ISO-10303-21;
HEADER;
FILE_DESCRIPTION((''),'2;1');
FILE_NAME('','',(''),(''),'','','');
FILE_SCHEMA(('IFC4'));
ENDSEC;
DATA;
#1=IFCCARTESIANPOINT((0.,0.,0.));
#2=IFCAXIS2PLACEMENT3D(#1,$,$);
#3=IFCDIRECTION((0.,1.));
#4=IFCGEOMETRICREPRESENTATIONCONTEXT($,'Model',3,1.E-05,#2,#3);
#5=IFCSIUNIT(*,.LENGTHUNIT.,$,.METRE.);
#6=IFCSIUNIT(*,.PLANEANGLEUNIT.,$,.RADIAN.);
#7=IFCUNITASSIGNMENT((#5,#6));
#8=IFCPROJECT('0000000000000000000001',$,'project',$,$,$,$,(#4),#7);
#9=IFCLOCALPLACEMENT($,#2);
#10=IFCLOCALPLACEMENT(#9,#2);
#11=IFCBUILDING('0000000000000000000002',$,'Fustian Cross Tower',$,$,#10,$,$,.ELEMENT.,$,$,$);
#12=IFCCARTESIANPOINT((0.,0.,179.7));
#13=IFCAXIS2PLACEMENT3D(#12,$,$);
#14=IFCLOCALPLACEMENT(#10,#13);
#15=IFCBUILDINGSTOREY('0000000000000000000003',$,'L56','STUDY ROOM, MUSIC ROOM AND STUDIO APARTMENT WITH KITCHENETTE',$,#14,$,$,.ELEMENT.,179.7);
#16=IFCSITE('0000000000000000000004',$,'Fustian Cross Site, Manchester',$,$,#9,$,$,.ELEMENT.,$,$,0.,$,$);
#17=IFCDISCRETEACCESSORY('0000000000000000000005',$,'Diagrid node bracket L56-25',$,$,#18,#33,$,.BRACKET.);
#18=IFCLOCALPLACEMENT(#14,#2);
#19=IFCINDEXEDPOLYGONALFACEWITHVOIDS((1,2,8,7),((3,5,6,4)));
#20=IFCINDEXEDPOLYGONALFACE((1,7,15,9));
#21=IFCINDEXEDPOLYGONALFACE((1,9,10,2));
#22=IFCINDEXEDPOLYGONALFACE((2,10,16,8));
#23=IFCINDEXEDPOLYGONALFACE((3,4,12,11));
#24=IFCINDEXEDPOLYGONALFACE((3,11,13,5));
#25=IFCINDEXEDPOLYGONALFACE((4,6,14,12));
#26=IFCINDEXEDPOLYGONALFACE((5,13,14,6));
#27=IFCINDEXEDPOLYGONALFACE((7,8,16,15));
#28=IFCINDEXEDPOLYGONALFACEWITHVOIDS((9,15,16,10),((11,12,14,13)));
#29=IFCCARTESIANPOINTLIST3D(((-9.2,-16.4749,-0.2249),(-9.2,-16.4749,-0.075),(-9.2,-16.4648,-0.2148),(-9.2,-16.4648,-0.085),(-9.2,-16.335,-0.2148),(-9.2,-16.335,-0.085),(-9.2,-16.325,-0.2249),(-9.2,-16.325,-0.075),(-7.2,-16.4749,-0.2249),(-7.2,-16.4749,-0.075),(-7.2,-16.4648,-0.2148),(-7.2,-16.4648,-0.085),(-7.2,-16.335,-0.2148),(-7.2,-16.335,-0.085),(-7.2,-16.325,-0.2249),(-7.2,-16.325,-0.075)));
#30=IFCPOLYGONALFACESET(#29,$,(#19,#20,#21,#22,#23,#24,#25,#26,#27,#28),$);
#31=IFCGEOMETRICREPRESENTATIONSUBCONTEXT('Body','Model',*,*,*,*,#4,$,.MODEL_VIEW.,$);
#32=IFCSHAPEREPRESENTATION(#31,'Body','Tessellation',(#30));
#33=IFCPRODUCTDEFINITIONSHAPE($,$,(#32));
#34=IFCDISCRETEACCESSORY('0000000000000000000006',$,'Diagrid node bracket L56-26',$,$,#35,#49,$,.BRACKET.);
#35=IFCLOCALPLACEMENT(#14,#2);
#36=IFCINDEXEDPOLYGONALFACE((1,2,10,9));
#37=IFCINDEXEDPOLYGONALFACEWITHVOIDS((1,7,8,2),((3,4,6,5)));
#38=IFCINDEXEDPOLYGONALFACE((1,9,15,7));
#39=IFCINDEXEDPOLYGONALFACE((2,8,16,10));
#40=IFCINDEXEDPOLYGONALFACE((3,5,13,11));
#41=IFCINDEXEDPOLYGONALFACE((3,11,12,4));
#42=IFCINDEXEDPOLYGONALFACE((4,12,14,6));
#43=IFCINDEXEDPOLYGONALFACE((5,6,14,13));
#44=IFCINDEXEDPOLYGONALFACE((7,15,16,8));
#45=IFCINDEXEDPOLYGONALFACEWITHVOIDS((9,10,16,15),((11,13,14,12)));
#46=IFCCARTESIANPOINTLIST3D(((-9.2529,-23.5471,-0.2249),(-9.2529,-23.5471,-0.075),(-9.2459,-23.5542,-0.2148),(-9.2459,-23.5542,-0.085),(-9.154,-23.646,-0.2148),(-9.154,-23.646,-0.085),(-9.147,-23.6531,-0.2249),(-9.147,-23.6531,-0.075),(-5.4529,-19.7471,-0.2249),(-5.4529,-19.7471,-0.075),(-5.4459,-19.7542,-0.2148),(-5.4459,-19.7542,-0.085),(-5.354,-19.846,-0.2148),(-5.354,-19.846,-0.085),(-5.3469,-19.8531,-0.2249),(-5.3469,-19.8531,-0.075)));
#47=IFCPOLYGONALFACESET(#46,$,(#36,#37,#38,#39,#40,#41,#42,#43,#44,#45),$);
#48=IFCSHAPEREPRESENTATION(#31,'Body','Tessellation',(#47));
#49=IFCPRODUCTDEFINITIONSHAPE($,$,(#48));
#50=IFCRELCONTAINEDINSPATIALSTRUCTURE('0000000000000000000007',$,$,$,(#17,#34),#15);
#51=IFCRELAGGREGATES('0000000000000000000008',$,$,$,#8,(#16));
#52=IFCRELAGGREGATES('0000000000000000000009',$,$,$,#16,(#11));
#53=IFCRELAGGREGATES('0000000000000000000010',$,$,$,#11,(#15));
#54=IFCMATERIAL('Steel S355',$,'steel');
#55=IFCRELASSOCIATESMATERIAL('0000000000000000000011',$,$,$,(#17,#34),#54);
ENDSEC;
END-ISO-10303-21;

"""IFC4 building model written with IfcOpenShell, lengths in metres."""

from ifc_helpers import new_model, si_unit, direction, frame, origin, origin_2d, place, context, subcontext, project, spatial, hollow_rectangle, extrude, material, element, save


model = new_model("IFC4")

# Units and contexts
model_context = context("Model", 3, precision=1e-05, world=origin(), true_north=direction((0.0, 1.0)))
body_context = subcontext(model_context, "Body", "Model", "MODEL_VIEW")
ifc_project = project(units=[si_unit("LENGTHUNIT", "METRE"), si_unit("PLANEANGLEUNIT", "RADIAN")], contexts=[model_context])

# Site, building, storey
site_placement = place(None, origin())
site = spatial("IfcSite", under=ifc_project, at=site_placement, Name="Fustian Cross Site, Manchester", CompositionType="ELEMENT", RefElevation=0.0)
building_placement = place(site_placement, origin())
building = spatial("IfcBuilding", under=site, at=building_placement, Name="Fustian Cross Tower", CompositionType="ELEMENT")
storey_placement = place(building_placement, frame((0.0, 0.0, 179.7)))
storey = spatial("IfcBuildingStorey", under=building, at=storey_placement, Name="L56", Description="STUDY ROOM, MUSIC ROOM AND STUDIO APARTMENT WITH KITCHENETTE", CompositionType="ELEMENT", Elevation=179.7)

# Discrete accessories
ifc_material_1 = material(Name="Steel S355", Category="steel")
discrete_accessory_1_placement = place(storey_placement, frame((-9.2, -16.3999, -0.1499), z_axis=(1.0, 0.0, 0.0), x_axis=(0.0, 1.0, 0.0)))
element("IfcDiscreteAccessory", 1, at=discrete_accessory_1_placement, inside=storey, material=ifc_material_1, Name="Diagrid node bracket L56-25", PredefinedType="BRACKET", context=body_context, shape_type="SweptSolid", body=[
    extrude(hollow_rectangle(XDim=0.1499, YDim=0.1499, WallThickness=0.01, at=origin_2d()), origin(), (0.0, 0.0, 1.0), 2.0),
])
discrete_accessory_2_placement = place(storey_placement, frame((-9.2, -23.6001, -0.1499), z_axis=(0.707107, 0.707107, 0.0), x_axis=(-0.707107, 0.707107, 0.0)))
element("IfcDiscreteAccessory", 2, at=discrete_accessory_2_placement, inside=storey, material=ifc_material_1, Name="Diagrid node bracket L56-26", PredefinedType="BRACKET", context=body_context, shape_type="SweptSolid", body=[
    extrude(hollow_rectangle(XDim=0.1499, YDim=0.1499, WallThickness=0.01, at=origin_2d()), origin(), (0.0, 0.0, 1.0), 5.374),
])

save(model, "model.ifc")
